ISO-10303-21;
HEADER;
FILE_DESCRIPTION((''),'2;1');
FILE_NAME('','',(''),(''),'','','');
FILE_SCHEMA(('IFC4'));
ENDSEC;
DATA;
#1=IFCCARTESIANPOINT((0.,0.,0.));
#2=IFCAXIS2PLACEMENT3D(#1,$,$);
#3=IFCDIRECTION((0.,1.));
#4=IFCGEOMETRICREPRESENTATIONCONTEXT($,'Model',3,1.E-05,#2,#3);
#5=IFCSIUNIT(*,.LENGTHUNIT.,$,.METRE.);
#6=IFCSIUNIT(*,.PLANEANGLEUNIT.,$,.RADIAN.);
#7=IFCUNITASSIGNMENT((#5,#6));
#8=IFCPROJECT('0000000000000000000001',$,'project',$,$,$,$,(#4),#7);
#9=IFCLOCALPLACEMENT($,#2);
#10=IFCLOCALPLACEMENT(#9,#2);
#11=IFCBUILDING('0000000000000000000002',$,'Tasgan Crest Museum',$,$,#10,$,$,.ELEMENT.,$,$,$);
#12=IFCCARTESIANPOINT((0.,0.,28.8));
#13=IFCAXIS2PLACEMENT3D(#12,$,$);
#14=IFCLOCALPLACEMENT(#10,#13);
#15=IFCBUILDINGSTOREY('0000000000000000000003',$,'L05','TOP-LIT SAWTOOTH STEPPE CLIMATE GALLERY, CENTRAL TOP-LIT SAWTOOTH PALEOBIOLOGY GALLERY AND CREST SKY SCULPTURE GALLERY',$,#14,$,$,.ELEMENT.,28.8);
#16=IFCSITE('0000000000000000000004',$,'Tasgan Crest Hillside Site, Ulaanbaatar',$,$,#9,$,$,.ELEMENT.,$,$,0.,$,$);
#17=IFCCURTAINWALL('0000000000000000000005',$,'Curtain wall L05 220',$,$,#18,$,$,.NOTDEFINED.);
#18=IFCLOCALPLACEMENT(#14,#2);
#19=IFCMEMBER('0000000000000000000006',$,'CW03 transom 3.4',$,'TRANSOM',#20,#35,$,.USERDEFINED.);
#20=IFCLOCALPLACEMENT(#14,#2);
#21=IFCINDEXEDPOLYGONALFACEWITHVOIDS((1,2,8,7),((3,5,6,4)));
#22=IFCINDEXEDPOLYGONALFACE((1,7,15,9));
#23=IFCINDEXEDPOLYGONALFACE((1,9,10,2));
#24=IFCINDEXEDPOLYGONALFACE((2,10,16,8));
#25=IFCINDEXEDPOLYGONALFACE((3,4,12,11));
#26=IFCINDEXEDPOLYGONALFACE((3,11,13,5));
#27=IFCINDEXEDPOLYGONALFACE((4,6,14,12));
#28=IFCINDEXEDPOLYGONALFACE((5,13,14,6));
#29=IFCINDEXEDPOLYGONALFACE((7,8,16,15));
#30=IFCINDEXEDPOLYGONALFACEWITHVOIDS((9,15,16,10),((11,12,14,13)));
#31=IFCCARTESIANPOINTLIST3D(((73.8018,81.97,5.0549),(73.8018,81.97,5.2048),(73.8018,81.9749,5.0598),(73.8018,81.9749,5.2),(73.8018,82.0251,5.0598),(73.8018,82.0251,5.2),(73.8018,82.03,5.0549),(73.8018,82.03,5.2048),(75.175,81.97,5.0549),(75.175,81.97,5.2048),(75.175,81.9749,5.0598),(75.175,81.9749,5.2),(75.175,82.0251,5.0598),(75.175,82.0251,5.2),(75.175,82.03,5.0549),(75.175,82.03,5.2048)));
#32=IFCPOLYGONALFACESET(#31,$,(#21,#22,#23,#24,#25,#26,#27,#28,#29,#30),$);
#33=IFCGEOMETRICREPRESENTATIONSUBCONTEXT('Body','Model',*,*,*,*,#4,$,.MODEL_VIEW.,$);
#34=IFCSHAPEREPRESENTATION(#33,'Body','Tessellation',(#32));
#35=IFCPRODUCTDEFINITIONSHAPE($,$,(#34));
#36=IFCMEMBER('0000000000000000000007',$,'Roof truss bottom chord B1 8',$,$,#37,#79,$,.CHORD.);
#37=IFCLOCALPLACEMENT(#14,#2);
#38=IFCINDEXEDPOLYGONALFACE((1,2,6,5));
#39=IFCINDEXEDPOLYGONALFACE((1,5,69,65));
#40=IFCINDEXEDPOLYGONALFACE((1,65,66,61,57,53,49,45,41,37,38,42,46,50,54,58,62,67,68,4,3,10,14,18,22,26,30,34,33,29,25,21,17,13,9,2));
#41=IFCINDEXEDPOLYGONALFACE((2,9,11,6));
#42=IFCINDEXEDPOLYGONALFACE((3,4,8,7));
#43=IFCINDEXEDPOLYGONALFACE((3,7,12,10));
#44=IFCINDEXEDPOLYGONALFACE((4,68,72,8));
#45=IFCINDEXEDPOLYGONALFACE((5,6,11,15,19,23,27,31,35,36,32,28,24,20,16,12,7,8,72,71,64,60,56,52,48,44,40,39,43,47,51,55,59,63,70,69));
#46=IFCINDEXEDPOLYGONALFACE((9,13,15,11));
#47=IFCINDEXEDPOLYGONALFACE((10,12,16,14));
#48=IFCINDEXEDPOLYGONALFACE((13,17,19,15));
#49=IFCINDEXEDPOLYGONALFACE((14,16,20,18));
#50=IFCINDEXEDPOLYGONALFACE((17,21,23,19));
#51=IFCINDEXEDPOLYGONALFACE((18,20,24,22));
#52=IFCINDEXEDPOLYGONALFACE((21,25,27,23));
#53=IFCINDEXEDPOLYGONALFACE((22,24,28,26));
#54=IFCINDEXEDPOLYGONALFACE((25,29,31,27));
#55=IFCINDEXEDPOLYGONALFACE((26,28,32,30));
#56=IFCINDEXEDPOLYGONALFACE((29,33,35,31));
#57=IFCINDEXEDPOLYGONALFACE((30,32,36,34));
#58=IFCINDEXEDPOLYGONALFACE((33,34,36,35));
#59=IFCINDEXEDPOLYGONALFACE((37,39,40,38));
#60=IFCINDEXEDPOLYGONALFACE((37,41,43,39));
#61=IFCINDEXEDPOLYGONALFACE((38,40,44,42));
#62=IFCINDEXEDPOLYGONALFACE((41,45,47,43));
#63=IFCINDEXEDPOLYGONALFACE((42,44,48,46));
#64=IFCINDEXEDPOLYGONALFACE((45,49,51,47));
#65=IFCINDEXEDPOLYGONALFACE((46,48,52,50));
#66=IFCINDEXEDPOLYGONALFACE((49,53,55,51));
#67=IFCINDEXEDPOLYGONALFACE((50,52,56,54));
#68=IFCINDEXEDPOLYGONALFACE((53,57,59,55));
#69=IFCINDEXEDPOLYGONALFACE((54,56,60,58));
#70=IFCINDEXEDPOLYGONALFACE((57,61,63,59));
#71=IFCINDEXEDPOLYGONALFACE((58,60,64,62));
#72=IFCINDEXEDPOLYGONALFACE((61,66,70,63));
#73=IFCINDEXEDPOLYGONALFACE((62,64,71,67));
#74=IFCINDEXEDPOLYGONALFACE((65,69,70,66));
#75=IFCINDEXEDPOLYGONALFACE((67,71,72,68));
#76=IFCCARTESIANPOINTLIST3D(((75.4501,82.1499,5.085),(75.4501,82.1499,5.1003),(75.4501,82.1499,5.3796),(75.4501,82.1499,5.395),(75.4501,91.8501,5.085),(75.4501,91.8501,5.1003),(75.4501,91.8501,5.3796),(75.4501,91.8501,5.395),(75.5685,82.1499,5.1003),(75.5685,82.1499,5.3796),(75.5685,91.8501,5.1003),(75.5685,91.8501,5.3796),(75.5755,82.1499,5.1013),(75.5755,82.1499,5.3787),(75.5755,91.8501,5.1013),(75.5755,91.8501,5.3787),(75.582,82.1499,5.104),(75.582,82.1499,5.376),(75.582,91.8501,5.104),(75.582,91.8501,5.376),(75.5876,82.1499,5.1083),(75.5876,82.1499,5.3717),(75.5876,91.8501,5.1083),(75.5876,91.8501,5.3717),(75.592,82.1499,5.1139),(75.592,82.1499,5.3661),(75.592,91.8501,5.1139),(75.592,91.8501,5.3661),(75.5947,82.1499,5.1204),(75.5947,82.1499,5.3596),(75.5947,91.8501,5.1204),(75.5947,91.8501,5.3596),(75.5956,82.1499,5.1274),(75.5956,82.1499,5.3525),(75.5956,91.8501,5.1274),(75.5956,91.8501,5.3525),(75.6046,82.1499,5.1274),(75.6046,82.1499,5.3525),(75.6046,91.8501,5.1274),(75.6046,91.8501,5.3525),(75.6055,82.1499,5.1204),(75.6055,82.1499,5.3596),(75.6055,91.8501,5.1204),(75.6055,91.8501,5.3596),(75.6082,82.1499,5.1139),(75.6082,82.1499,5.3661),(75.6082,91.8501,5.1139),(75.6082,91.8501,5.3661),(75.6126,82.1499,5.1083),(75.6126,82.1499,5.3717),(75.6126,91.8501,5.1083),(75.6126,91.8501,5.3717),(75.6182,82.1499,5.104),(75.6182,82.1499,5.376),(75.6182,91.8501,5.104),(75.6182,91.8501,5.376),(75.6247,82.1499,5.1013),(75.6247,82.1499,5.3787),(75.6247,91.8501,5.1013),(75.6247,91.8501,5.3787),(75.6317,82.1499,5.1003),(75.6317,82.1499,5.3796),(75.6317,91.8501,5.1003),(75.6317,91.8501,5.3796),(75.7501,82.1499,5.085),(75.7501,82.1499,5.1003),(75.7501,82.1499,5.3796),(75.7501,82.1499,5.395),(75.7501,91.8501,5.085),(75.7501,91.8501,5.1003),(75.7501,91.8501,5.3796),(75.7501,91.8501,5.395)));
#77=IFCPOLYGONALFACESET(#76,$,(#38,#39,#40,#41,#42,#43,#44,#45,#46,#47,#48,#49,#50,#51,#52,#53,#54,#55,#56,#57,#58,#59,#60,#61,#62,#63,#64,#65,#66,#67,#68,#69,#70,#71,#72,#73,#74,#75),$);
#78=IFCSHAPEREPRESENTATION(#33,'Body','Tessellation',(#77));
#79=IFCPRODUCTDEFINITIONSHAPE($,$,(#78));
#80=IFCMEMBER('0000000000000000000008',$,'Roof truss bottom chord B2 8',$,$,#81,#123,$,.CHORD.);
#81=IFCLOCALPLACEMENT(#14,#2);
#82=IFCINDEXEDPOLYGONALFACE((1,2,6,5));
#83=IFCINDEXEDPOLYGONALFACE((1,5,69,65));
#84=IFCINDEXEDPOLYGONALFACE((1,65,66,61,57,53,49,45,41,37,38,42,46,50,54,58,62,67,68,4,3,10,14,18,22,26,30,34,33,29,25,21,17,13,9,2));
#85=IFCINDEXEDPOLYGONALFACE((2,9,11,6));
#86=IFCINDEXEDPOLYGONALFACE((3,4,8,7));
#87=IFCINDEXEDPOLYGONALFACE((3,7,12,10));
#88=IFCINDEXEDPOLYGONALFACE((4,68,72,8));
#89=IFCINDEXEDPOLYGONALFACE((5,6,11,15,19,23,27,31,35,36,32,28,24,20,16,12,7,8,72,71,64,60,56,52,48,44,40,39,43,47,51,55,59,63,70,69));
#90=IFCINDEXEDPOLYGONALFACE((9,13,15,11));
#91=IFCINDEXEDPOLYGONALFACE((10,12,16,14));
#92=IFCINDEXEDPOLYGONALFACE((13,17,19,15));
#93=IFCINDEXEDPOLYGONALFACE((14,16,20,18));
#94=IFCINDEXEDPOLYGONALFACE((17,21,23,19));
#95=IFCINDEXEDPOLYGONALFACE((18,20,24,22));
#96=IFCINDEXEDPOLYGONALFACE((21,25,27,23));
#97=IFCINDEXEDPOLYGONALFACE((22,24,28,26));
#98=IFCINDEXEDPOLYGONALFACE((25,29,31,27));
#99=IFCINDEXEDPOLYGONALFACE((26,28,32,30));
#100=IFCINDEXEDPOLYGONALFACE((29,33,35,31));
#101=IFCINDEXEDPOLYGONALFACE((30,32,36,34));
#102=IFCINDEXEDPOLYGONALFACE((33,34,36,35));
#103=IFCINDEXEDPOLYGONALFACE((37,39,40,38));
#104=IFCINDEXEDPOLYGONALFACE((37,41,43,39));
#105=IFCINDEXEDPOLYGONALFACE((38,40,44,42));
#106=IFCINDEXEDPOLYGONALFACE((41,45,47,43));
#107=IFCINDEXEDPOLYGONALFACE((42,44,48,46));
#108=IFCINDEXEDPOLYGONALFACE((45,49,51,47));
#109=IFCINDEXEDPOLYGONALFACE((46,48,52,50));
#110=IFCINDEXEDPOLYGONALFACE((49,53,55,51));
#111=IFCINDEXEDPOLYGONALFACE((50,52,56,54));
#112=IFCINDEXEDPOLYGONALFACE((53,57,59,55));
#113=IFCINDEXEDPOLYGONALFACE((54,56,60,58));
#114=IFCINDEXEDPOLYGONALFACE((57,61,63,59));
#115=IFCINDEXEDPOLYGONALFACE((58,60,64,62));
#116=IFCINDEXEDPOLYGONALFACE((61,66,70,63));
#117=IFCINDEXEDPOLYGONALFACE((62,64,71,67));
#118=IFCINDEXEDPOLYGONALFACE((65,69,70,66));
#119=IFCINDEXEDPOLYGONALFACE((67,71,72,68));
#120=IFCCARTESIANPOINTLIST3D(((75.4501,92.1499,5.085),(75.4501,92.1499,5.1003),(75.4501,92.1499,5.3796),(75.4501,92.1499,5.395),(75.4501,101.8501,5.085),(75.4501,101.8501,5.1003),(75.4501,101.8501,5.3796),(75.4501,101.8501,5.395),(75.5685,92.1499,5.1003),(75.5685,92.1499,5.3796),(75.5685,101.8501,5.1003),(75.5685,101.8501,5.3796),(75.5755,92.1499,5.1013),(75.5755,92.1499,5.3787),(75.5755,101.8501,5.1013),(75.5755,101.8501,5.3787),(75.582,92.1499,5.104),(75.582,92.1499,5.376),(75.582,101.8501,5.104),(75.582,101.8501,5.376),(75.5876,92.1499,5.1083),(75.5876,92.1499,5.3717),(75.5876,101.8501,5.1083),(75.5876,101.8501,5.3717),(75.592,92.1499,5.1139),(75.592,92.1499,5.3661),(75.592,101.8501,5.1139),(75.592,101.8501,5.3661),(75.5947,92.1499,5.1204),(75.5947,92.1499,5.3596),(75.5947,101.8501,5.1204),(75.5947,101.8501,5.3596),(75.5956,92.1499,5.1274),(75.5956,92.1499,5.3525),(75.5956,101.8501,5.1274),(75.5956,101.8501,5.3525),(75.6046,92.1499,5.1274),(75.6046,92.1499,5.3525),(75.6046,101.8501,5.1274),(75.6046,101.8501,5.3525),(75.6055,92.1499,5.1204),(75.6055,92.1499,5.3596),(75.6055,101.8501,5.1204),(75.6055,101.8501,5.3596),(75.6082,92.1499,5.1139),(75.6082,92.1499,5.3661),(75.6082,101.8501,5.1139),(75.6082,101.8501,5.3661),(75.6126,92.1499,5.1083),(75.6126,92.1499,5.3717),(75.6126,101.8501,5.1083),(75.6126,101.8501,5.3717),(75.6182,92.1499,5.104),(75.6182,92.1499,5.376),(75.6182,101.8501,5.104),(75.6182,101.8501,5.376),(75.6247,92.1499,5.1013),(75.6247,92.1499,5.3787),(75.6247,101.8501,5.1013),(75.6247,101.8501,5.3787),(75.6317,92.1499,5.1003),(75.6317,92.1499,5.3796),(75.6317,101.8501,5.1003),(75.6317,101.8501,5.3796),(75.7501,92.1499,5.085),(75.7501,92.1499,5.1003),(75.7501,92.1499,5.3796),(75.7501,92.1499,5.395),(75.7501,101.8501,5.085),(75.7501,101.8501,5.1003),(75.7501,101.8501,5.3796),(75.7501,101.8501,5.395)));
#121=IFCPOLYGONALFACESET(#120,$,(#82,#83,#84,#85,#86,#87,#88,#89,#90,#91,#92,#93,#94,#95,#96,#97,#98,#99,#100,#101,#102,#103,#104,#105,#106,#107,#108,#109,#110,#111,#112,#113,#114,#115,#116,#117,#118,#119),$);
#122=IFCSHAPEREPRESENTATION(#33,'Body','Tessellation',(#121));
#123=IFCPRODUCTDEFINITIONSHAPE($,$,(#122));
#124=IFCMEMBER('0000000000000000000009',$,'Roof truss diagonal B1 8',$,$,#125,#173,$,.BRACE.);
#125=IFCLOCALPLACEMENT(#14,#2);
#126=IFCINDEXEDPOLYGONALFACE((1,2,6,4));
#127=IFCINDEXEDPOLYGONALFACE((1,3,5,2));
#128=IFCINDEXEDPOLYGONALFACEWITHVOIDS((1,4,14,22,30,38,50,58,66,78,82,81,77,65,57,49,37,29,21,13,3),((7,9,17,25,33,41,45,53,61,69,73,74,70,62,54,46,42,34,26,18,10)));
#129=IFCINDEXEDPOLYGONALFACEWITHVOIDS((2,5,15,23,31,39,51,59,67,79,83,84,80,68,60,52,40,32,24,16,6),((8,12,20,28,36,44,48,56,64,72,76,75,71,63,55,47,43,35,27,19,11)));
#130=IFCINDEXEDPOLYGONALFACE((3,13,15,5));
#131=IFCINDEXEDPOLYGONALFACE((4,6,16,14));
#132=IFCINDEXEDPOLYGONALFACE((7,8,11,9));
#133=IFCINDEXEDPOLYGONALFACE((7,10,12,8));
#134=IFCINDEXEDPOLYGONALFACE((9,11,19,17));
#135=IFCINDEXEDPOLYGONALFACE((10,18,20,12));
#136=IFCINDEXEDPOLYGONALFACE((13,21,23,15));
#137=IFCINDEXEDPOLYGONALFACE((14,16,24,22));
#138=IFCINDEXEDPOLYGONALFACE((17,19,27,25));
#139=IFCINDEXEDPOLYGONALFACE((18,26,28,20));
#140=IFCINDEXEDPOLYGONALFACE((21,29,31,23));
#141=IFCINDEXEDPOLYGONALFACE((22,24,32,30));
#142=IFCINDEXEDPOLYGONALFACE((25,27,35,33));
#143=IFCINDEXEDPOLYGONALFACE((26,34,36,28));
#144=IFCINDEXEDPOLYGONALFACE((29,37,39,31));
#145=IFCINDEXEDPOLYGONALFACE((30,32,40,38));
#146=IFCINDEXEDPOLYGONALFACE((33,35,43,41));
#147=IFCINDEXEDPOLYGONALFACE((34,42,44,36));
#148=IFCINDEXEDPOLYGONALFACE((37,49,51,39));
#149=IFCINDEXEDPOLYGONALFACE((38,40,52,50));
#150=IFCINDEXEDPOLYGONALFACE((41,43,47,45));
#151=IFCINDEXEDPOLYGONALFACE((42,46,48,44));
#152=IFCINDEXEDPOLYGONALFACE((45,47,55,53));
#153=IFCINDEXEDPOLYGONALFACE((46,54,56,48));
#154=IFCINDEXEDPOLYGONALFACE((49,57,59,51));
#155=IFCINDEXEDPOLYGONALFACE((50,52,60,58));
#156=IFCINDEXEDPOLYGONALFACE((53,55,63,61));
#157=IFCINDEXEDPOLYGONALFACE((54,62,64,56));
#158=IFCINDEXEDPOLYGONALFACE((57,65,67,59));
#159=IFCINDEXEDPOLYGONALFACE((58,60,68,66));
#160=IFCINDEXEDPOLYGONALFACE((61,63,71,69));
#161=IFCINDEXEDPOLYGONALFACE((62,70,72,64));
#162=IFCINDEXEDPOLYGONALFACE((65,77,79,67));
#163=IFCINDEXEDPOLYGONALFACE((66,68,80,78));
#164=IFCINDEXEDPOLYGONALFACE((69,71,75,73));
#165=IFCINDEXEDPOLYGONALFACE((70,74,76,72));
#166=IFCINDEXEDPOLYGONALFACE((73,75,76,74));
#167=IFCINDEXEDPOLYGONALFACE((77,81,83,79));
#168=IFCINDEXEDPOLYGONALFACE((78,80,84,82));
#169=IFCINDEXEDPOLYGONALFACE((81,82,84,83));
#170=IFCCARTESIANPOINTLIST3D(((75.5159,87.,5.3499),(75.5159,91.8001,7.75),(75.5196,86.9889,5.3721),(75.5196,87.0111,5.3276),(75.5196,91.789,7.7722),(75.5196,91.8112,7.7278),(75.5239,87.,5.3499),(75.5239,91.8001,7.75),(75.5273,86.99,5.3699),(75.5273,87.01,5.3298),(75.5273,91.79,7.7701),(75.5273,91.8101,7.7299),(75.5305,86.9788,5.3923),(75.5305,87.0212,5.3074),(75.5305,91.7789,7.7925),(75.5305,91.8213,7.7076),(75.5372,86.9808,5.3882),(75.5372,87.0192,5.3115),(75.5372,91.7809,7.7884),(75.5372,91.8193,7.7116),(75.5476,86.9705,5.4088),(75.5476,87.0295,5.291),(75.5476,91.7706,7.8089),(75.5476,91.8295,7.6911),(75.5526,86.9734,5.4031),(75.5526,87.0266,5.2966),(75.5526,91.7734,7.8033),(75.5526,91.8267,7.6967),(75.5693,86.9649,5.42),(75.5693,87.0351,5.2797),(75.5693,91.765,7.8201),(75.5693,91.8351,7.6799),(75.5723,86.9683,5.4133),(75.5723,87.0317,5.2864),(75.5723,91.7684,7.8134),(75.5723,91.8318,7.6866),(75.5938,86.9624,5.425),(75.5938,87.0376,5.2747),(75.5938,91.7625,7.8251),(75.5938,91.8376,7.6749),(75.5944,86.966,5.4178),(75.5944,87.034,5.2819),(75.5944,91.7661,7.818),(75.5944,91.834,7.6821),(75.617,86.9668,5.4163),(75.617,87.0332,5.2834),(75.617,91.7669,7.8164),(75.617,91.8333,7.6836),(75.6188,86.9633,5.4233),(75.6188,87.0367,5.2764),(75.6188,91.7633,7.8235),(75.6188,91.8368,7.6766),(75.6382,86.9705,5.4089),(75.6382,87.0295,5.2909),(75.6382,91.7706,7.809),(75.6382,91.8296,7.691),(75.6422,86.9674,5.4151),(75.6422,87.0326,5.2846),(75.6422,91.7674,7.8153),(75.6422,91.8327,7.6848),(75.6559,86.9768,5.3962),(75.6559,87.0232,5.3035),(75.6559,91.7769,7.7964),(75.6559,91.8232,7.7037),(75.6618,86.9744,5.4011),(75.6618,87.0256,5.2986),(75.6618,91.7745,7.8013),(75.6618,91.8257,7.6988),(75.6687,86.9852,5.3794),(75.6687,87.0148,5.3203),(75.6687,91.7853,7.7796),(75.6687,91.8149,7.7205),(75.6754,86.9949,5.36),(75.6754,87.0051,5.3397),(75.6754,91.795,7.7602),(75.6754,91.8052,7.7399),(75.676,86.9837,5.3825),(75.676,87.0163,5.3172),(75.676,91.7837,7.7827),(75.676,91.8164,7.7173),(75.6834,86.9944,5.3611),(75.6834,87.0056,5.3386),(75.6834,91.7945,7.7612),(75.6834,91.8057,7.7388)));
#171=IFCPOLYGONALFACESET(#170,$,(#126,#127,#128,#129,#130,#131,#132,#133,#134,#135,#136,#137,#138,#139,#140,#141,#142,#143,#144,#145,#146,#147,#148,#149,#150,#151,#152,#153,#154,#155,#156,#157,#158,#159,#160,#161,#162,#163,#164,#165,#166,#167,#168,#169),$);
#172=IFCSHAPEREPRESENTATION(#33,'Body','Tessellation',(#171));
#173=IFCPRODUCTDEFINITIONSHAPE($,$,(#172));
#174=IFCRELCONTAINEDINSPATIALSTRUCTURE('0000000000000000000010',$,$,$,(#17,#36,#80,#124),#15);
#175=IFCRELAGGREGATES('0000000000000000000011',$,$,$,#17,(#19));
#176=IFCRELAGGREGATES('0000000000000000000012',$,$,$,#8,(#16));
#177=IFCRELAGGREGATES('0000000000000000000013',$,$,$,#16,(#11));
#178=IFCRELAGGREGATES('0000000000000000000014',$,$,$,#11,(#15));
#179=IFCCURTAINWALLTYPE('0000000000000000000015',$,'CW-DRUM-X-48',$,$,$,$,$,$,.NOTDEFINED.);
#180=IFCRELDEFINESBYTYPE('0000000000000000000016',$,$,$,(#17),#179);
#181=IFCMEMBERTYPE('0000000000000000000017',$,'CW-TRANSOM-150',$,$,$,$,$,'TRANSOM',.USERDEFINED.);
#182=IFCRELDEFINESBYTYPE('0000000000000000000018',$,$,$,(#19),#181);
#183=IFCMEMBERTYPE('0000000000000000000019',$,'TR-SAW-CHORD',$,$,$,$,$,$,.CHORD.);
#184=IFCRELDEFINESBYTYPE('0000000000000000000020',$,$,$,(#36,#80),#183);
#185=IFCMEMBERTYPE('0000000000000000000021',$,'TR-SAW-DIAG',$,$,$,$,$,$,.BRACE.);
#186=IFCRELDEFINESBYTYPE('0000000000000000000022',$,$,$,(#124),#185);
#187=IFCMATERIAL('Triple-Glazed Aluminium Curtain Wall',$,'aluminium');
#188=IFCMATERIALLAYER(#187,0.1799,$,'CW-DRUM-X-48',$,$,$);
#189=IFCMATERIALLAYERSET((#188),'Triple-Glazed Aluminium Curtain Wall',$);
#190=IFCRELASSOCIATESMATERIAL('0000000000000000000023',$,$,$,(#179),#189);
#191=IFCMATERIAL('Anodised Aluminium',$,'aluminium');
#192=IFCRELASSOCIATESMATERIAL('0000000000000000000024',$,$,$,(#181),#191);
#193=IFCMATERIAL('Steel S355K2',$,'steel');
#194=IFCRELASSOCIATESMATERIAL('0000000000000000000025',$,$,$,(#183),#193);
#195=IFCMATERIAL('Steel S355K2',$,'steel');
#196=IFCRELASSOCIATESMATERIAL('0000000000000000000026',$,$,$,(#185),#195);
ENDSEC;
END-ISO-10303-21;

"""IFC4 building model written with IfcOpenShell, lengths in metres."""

from ifc_helpers import new_model, si_unit, direction, frame, origin, origin_2d, place, context, subcontext, project, spatial, hollow_rectangle, hollow_circle, i_section, extrude, material, layer, layer_set, material_profile, profile_set, type_object, element, aggregate, save


model = new_model("IFC4")

# Units and contexts
model_context = context("Model", 3, precision=1e-05, world=origin(), true_north=direction((0.0, 1.0)))
body_context = subcontext(model_context, "Body", "Model", "MODEL_VIEW")
ifc_project = project(units=[si_unit("LENGTHUNIT", "METRE"), si_unit("PLANEANGLEUNIT", "RADIAN")], contexts=[model_context])

# Site, building, storey
site_placement = place(None, origin())
site = spatial("IfcSite", under=ifc_project, at=site_placement, Name="Tasgan Crest Hillside Site, Ulaanbaatar", CompositionType="ELEMENT", RefElevation=0.0)
building_placement = place(site_placement, origin())
building = spatial("IfcBuilding", under=site, at=building_placement, Name="Tasgan Crest Museum", CompositionType="ELEMENT")
storey_placement = place(building_placement, frame((0.0, 0.0, 28.8)))
storey = spatial("IfcBuildingStorey", under=building, at=storey_placement, Name="L05", Description="TOP-LIT SAWTOOTH STEPPE CLIMATE GALLERY, CENTRAL TOP-LIT SAWTOOTH PALEOBIOLOGY GALLERY AND CREST SKY SCULPTURE GALLERY", CompositionType="ELEMENT", Elevation=28.8)

# Curtain wall, member
ifc_material_1 = material(Name="Triple-Glazed Aluminium Curtain Wall", Category="aluminium")
ifc_layer_1 = layer(ifc_material_1, 0.1799, Name="CW-DRUM-X-48")
ifc_layer_set_1 = layer_set([ifc_layer_1], Name="Triple-Glazed Aluminium Curtain Wall")
curtain_wall_type = type_object("IfcCurtainWallType", Name="CW-DRUM-X-48", PredefinedType="NOTDEFINED", material=ifc_layer_set_1)
curtain_wall_placement = place(storey_placement, origin())
curtain_wall = element("IfcCurtainWall", 1, at=curtain_wall_placement, inside=storey, type_object=curtain_wall_type, Name="Curtain wall L05 220", PredefinedType="NOTDEFINED")
ifc_material_2 = material(Name="Anodised Aluminium", Category="aluminium")
ifc_material_profile_1 = material_profile(ifc_material_2, hollow_rectangle(XDim=0.0601, YDim=0.1499, WallThickness=0.0049, at=origin_2d()), Name="ALU TRANSOM 150x60x5")
ifc_profile_set_1 = profile_set([ifc_material_profile_1], Name="Anodised Aluminium")
member_type_1 = type_object("IfcMemberType", Name="CW-TRANSOM-150", ElementType="TRANSOM", PredefinedType="USERDEFINED", material=ifc_profile_set_1)
member_1_placement = place(storey_placement, frame((73.8018, 82.0, 5.1299), z_axis=(1.0, 0.0, 0.0), x_axis=(0.0, 1.0, 0.0)))
member_1 = element("IfcMember", 2, at=member_1_placement, type_object=member_type_1, Name="CW03 transom 3.4", ObjectType="TRANSOM", PredefinedType="USERDEFINED", context=body_context, shape_type="SweptSolid", body=[
    extrude(hollow_rectangle(XDim=0.0601, YDim=0.1499, WallThickness=0.0049, at=origin_2d()), origin(), (0.0, 0.0, 1.0), 1.3733),
])

# Members
ifc_material_3 = material(Name="Steel S355K2", Category="steel")
ifc_material_profile_2 = material_profile(ifc_material_3, i_section(OverallWidth=0.3, OverallDepth=0.3101, WebThickness=0.009, FlangeThickness=0.0154, FilletRadius=0.0271, at=origin_2d()), Name="HEA 320")
ifc_profile_set_2 = profile_set([ifc_material_profile_2], Name="Steel S355K2")
member_type_2 = type_object("IfcMemberType", Name="TR-SAW-CHORD", PredefinedType="CHORD", material=ifc_profile_set_2)
for number, where, z_axis, x_axis, name in (
    (3, (75.6001, 82.1499, 5.24), (0.0, 1.0, 0.0), (-1.0, 0.0, 0.0), "Roof truss bottom chord B1 8"),
    (4, (75.6001, 92.1499, 5.24), (0.0, 1.0, 0.0), (-1.0, 0.0, 0.0), "Roof truss bottom chord B2 8"),
):
    element("IfcMember", number, at=place(storey_placement, frame(where, z_axis=z_axis, x_axis=x_axis)), inside=storey, type_object=member_type_2, Name=name, PredefinedType="CHORD", context=body_context, shape_type="SweptSolid", body=[
        extrude(i_section(OverallWidth=0.3, OverallDepth=0.3101, WebThickness=0.009, FlangeThickness=0.0154, FilletRadius=0.0271, at=origin_2d()), origin(), (0.0, 0.0, 1.0), 9.7002),
    ])
ifc_material_4 = material(Name="Steel S355K2", Category="steel")
ifc_material_profile_3 = material_profile(ifc_material_4, hollow_circle(Radius=0.0842, WallThickness=0.0081, at=origin_2d()), Name="CHS 168.3x8")
ifc_profile_set_3 = profile_set([ifc_material_profile_3], Name="Steel S355K2")
member_type_3 = type_object("IfcMemberType", Name="TR-SAW-DIAG", PredefinedType="BRACE", material=ifc_profile_set_3)
member_2_placement = place(storey_placement, frame((75.6001, 87.0, 5.3499), z_axis=(0.0, 0.894418, 0.447232), x_axis=(-1.0, 0.0, 0.0)))
element("IfcMember", 5, at=member_2_placement, inside=storey, type_object=member_type_3, Name="Roof truss diagonal B1 8", PredefinedType="BRACE", context=body_context, shape_type="SweptSolid", body=[
    extrude(hollow_circle(Radius=0.0842, WallThickness=0.0081, at=origin_2d()), origin(), (0.0, 0.0, 1.0), 5.3667),
])

aggregate(curtain_wall, [member_1])

save(model, "model.ifc")
